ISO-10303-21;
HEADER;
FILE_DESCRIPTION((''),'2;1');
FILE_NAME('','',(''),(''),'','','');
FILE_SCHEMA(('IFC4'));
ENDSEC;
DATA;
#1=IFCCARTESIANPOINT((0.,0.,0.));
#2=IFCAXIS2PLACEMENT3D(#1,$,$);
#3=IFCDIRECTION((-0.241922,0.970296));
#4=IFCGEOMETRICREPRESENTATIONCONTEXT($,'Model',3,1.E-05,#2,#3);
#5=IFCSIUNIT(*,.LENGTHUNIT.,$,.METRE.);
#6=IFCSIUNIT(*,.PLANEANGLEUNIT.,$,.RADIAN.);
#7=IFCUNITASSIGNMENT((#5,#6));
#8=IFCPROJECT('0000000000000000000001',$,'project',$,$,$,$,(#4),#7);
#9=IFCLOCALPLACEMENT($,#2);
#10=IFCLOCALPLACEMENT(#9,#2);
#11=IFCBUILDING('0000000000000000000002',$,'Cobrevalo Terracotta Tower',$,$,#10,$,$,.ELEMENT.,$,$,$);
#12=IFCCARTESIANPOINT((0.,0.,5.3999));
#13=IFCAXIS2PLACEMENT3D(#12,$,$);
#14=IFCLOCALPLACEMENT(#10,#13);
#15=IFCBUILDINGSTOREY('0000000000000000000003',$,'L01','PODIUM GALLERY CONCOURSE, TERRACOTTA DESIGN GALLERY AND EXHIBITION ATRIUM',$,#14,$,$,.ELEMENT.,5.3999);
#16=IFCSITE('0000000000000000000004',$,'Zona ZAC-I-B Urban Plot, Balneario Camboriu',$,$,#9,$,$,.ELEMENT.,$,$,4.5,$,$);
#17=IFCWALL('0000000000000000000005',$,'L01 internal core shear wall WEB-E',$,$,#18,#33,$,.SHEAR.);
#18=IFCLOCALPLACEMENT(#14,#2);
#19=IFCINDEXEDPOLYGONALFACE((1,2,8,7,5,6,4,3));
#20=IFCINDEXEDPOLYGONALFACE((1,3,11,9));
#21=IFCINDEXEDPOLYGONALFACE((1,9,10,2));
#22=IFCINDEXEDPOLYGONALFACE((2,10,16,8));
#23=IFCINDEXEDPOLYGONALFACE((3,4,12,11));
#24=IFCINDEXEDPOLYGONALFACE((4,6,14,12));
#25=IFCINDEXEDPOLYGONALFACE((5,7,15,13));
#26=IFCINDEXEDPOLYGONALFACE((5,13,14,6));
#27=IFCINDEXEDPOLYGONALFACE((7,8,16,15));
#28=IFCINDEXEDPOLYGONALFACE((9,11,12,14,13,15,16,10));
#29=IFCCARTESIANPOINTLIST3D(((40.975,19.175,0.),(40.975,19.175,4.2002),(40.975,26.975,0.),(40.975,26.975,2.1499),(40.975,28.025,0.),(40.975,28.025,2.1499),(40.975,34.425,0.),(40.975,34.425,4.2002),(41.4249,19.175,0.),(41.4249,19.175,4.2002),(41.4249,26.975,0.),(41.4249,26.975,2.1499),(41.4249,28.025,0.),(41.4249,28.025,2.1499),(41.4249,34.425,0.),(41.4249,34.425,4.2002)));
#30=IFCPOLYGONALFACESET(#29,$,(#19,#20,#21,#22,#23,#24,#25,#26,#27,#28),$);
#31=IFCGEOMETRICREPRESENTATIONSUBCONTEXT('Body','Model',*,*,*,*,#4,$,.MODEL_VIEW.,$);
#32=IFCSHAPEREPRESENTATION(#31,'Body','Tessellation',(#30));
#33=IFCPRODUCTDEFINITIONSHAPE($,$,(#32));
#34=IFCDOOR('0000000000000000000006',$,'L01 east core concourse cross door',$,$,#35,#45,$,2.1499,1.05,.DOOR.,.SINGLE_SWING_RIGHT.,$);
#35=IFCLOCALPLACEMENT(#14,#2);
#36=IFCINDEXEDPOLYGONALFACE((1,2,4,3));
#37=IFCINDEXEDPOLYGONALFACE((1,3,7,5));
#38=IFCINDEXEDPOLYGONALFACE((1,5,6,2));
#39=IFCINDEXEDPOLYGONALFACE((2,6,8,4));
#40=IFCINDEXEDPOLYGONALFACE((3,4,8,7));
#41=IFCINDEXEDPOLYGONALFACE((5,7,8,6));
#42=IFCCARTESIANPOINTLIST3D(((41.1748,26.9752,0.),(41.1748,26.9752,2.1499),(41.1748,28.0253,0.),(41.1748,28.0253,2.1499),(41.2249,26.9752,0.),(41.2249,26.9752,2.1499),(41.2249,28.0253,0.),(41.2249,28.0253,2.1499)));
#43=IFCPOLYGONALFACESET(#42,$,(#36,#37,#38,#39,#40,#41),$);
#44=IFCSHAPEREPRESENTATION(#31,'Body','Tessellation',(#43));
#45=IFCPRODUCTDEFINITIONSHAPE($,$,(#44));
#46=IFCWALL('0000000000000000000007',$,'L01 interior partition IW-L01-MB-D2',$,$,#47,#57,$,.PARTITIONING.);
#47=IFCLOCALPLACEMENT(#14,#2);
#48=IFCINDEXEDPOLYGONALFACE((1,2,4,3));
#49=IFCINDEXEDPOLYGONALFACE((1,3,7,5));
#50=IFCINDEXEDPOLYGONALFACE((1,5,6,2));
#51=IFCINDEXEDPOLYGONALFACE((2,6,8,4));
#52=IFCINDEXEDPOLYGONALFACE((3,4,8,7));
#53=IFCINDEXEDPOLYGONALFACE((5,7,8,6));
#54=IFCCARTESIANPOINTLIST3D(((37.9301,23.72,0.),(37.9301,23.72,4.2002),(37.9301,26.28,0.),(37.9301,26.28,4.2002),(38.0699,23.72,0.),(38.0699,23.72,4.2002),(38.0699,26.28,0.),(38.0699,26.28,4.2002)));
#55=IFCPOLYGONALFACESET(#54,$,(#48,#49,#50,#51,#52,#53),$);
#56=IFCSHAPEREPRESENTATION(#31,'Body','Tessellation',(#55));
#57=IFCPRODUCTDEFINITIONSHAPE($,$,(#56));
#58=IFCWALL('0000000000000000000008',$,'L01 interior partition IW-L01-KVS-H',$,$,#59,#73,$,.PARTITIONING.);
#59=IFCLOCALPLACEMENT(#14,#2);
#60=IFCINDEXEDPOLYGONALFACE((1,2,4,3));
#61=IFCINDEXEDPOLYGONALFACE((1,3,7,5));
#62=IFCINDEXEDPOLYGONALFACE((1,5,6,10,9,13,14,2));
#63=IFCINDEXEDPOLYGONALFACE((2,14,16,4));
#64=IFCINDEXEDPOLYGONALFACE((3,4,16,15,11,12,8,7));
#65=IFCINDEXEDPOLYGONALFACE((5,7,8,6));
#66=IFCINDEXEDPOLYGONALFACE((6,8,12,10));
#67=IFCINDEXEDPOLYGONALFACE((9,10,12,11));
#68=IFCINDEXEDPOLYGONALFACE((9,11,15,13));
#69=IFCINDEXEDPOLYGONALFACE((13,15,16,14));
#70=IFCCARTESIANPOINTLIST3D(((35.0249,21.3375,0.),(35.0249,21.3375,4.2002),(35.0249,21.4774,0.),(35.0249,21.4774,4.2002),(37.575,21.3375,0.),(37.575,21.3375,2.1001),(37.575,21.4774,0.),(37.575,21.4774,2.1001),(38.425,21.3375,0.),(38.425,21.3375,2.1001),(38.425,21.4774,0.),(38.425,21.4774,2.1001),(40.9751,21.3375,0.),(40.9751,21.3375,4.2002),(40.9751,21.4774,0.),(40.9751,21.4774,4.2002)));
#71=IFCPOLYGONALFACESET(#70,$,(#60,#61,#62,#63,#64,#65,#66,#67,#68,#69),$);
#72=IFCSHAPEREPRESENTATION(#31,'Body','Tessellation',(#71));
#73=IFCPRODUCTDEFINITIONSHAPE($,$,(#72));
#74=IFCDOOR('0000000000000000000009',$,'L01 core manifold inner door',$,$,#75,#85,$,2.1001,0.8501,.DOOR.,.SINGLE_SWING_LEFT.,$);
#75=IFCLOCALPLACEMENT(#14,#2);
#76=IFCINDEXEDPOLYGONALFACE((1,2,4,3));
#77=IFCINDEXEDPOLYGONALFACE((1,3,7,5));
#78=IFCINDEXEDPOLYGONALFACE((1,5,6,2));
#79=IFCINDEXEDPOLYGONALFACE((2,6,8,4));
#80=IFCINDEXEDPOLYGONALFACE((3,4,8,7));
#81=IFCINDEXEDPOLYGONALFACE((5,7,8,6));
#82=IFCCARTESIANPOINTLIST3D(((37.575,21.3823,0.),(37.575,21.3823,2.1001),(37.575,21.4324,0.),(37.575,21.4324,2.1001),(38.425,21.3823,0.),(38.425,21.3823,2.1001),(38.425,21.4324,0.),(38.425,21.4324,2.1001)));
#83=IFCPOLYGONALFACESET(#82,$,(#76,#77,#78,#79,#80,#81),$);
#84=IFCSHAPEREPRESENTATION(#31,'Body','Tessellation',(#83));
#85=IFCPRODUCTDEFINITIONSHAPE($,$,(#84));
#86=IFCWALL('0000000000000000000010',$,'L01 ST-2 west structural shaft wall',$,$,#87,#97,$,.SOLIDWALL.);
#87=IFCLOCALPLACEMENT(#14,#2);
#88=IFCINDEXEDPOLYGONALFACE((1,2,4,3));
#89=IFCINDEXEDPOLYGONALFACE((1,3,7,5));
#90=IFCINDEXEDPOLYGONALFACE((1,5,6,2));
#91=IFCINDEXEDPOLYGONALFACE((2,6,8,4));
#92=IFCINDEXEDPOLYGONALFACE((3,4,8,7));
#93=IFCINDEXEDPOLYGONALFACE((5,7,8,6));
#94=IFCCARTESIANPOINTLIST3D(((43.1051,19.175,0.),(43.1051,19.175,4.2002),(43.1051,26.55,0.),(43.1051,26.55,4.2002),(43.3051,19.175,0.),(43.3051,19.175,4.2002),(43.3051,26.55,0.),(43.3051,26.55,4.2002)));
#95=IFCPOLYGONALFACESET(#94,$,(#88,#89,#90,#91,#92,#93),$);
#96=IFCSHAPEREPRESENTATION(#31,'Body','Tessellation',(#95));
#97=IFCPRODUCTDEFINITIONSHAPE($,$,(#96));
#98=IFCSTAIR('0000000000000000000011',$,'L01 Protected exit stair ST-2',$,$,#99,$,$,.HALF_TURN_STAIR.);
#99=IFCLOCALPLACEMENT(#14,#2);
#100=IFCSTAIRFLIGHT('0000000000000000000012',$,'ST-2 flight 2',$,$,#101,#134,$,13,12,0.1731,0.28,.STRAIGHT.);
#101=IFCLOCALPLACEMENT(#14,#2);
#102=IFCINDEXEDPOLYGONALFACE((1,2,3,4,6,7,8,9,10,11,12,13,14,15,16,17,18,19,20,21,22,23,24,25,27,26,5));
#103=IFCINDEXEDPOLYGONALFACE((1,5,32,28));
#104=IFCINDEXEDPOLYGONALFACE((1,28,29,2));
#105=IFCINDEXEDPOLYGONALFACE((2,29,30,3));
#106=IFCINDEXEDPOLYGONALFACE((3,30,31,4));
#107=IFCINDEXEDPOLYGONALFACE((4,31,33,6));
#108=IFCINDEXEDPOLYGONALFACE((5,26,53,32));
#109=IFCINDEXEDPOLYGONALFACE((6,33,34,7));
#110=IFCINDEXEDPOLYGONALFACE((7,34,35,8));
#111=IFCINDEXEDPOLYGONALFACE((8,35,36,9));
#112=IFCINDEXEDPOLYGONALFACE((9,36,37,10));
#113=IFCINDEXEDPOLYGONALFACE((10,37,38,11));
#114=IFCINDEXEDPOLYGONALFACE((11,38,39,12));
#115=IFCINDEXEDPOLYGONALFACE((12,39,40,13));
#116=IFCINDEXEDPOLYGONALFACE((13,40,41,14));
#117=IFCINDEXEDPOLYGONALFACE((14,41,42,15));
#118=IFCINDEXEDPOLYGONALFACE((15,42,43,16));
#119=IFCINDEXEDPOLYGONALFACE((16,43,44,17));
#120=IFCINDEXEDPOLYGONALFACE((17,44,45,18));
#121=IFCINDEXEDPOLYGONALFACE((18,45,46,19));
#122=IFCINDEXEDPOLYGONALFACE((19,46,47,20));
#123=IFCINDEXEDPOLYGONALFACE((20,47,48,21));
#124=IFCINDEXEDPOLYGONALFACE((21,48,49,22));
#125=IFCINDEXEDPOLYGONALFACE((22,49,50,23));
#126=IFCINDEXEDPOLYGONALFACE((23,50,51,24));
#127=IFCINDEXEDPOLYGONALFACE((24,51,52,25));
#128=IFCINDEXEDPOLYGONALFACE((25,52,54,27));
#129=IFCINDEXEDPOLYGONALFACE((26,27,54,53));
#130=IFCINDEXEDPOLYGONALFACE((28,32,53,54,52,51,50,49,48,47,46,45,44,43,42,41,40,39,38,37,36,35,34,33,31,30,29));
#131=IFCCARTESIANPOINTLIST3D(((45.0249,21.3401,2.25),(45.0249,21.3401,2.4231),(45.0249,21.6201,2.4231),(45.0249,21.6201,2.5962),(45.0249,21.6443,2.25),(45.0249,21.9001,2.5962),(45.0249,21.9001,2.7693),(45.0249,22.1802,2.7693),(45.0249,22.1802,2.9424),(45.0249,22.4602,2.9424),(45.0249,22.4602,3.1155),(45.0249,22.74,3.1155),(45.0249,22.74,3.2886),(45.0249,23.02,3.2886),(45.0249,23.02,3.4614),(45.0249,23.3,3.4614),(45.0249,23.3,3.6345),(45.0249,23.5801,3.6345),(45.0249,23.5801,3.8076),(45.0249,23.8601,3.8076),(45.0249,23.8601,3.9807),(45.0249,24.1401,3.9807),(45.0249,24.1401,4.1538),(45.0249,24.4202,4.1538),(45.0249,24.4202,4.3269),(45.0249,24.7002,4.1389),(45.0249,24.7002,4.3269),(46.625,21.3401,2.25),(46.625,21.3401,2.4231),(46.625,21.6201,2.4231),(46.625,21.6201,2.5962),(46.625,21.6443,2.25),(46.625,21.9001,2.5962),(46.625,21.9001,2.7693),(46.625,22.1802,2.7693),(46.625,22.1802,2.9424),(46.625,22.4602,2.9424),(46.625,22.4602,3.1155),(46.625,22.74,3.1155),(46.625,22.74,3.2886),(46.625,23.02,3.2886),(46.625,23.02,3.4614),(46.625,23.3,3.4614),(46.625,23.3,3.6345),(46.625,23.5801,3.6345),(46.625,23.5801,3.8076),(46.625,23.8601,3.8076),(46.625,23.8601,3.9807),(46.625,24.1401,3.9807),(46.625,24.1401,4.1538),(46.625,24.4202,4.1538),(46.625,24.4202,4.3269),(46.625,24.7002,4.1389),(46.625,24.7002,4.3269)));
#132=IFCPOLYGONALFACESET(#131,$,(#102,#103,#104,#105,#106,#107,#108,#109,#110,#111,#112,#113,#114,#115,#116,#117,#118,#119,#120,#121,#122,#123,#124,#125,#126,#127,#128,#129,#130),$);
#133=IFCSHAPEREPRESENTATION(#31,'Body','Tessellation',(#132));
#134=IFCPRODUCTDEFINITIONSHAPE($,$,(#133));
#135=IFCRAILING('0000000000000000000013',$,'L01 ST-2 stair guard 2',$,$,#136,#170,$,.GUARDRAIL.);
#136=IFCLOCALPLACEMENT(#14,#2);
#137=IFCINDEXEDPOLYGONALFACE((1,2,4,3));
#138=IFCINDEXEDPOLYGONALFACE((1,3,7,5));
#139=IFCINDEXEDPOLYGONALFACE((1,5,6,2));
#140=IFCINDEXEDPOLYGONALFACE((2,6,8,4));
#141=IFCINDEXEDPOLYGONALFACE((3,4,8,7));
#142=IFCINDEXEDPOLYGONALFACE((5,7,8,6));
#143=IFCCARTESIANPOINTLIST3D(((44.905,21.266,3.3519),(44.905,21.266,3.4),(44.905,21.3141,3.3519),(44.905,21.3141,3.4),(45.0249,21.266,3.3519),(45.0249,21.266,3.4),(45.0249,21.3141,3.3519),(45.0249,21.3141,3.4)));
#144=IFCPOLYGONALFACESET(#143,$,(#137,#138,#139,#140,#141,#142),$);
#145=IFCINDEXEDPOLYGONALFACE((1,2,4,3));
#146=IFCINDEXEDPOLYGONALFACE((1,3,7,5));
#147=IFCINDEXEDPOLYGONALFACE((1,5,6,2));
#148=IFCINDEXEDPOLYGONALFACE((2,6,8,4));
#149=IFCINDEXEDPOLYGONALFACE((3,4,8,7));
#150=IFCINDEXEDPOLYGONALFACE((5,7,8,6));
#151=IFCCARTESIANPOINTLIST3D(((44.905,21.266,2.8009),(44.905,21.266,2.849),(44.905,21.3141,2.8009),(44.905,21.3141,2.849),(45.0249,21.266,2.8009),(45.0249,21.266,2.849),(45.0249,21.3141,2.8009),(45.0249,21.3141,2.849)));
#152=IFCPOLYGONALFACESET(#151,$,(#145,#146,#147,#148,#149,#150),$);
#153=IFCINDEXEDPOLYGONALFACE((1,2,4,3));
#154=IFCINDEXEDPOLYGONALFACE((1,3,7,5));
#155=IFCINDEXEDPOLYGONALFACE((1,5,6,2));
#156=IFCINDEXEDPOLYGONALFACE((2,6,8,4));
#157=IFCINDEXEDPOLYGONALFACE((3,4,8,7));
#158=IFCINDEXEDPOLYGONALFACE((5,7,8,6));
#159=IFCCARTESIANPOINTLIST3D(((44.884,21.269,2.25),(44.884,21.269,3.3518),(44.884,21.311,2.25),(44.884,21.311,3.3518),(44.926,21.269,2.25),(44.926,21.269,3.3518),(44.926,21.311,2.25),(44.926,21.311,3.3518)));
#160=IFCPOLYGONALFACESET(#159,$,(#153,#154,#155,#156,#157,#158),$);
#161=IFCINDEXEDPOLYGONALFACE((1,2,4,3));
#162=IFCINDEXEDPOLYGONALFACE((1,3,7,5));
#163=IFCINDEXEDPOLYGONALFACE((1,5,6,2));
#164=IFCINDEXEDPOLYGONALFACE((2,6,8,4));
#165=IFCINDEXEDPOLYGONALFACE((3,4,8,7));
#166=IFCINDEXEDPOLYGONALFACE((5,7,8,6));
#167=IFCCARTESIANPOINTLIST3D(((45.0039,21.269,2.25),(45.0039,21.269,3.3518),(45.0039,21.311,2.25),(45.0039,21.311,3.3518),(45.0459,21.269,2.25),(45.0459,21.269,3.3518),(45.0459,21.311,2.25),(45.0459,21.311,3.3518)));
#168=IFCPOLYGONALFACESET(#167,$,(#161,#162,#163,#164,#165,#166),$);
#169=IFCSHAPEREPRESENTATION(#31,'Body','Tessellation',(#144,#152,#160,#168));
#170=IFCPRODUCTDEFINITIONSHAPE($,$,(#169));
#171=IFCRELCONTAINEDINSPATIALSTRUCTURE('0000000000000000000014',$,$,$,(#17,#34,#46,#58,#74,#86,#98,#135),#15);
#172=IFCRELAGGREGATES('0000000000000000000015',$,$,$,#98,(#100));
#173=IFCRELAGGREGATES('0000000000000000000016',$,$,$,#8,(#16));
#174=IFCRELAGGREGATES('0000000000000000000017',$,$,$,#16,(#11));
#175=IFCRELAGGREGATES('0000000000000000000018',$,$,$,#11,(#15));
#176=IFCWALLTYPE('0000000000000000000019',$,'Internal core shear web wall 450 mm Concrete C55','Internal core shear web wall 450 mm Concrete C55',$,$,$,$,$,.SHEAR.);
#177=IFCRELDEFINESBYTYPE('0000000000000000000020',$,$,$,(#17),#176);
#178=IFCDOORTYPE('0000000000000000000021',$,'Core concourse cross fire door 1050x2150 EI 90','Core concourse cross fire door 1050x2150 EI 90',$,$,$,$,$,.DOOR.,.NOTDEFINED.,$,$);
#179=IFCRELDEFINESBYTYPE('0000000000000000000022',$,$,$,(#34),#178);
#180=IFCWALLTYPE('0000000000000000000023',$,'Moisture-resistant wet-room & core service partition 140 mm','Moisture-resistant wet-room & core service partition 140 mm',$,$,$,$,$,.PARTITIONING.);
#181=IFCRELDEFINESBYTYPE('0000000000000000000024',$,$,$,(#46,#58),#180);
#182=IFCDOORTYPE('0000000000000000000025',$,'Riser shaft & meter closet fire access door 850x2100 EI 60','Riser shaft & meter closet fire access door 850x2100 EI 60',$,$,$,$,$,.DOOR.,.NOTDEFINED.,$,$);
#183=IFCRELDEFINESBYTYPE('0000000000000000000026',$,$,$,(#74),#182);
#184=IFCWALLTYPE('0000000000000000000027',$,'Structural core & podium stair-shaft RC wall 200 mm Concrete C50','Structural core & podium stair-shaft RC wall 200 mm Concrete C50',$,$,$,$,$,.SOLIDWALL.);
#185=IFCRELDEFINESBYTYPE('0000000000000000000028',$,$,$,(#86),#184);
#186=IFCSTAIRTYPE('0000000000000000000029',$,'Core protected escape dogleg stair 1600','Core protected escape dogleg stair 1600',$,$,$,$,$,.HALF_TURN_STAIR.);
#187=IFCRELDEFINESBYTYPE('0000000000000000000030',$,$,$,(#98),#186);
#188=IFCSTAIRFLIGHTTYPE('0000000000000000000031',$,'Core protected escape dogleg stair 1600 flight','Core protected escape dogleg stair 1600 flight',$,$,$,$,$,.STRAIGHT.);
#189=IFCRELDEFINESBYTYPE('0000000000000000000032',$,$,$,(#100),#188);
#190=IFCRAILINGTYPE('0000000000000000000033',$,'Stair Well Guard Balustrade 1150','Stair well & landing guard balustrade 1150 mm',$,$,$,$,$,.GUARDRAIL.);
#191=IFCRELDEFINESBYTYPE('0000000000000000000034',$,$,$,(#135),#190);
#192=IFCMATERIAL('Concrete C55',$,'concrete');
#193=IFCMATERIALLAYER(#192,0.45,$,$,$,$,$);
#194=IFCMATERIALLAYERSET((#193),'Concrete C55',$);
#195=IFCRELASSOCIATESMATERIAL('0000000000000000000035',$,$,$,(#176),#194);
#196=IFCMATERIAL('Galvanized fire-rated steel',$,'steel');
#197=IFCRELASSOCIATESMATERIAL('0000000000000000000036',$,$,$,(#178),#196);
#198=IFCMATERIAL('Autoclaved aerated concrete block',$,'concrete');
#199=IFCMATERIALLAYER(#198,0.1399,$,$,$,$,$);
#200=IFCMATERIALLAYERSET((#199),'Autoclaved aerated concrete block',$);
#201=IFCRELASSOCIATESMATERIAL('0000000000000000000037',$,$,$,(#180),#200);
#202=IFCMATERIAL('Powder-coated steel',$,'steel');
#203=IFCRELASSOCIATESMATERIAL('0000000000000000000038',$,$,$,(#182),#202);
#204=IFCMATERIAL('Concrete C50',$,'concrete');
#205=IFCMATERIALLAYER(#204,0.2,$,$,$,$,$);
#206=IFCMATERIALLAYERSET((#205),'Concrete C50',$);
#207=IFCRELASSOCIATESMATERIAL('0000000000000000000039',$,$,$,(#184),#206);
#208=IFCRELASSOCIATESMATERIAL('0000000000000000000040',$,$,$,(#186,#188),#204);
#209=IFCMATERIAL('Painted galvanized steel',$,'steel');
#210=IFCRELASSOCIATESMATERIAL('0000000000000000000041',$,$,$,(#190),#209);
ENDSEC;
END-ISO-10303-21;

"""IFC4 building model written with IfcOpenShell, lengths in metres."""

from ifc_helpers import new_model, si_unit, direction, frame, frame_2d, origin, origin_2d, place, context, subcontext, project, spatial, polyline, rectangle, outline, extrude, source, transform, mapped, material, layer, layer_set, type_object, element, fill, aggregate, save


model = new_model("IFC4")

# Units and contexts
model_context = context("Model", 3, precision=1e-05, world=origin(), true_north=direction((-0.241922, 0.970296)))
body_context = subcontext(model_context, "Body", "Model", "MODEL_VIEW")
ifc_project = project(units=[si_unit("LENGTHUNIT", "METRE"), si_unit("PLANEANGLEUNIT", "RADIAN")], contexts=[model_context])

# Site, building, storey
site_placement = place(None, origin())
site = spatial("IfcSite", under=ifc_project, at=site_placement, Name="Zona ZAC-I-B Urban Plot, Balneario Camboriu", CompositionType="ELEMENT", RefElevation=4.5)
building_placement = place(site_placement, origin())
building = spatial("IfcBuilding", under=site, at=building_placement, Name="Cobrevalo Terracotta Tower", CompositionType="ELEMENT")
storey_placement = place(building_placement, frame((0.0, 0.0, 5.3999)))
storey = spatial("IfcBuildingStorey", under=building, at=storey_placement, Name="L01", Description="PODIUM GALLERY CONCOURSE, TERRACOTTA DESIGN GALLERY AND EXHIBITION ATRIUM", CompositionType="ELEMENT", Elevation=5.3999)

# Shared definitions
ifc_material_1 = material(Name="Autoclaved aerated concrete block", Category="concrete")

# Wall, opening, door
ifc_material_2 = material(Name="Concrete C55", Category="concrete")
ifc_layer_1 = layer(ifc_material_2, 0.45)
ifc_layer_set_1 = layer_set([ifc_layer_1], Name="Concrete C55")
wall_type_1 = type_object("IfcWallType", Name="Internal core shear web wall 450 mm Concrete C55", Description="Internal core shear web wall 450 mm Concrete C55", PredefinedType="SHEAR", material=ifc_layer_set_1)
wall_1_placement = place(storey_placement, frame((41.2, 19.175, 0.0), z_axis=(0.0, 0.0, 1.0), x_axis=(0.0, 1.0, 0.0)))
wall_1 = element("IfcWall", 1, at=wall_1_placement, inside=storey, type_object=wall_type_1, Name="L01 internal core shear wall WEB-E", PredefinedType="SHEAR", context=body_context, shape_type="SweptSolid", body=[
    extrude(rectangle(XDim=15.25, YDim=0.45, at=frame_2d((7.625, 0.0))), origin(), (0.0, 0.0, 1.0), 4.2002),
])
opening_1_placement = place(wall_1_placement, frame((7.8, 0.0, 0.0)))
opening_1 = element("IfcOpeningElement", 2, at=opening_1_placement, cuts=wall_1, PredefinedType="OPENING", context=body_context, shape_type="SweptSolid", body=[
    extrude(rectangle(XDim=1.05, YDim=2.1499, at=frame_2d((0.5249, 1.075))), frame((0.0, 0.2349, 0.0), z_axis=(0.0, -1.0, 0.0), x_axis=(1.0, 0.0, 0.0)), (0.0, 0.0, 1.0), 0.47),
])
ifc_material_3 = material(Name="Galvanized fire-rated steel", Category="steel")
door_type_1 = type_object("IfcDoorType", Name="Core concourse cross fire door 1050x2150 EI 90", Description="Core concourse cross fire door 1050x2150 EI 90", OperationType="NOTDEFINED", PredefinedType="DOOR", material=ifc_material_3)
shared_shape_1 = source(origin(), body_context, "Body", "SweptSolid", [
    extrude(rectangle(XDim=1.05, YDim=2.1499, at=frame_2d((0.5249, 1.075))), frame((0.0, 0.0249, 0.0), z_axis=(0.0, -1.0, 0.0), x_axis=(1.0, 0.0, 0.0)), (0.0, 0.0, 1.0), 0.05),
])
door_1_placement = place(opening_1_placement, frame((1.05, 0.0, 0.0), z_axis=(0.0, 0.0, 1.0), x_axis=(-1.0, 0.0, 0.0)))
door_1 = element("IfcDoor", 3, at=door_1_placement, inside=storey, type_object=door_type_1, Name="L01 east core concourse cross door", OperationType="SINGLE_SWING_RIGHT", OverallHeight=2.1499, OverallWidth=1.05, PredefinedType="DOOR", context=body_context, shape_type="MappedRepresentation", body=[
    mapped(shared_shape_1, transform((0.0, 0.0, 0.0), scale=1.0)),
])
fill(opening_1, door_1)

# Wall
ifc_layer_2 = layer(ifc_material_1, 0.1399)
ifc_layer_set_2 = layer_set([ifc_layer_2], Name="Autoclaved aerated concrete block")
wall_type_2 = type_object("IfcWallType", Name="Moisture-resistant wet-room & core service partition 140 mm", Description="Moisture-resistant wet-room & core service partition 140 mm", PredefinedType="PARTITIONING", material=ifc_layer_set_2)
wall_2_placement = place(storey_placement, frame((38.0, 23.72, 0.0), z_axis=(0.0, 0.0, 1.0), x_axis=(0.0, 1.0, 0.0)))
element("IfcWall", 4, at=wall_2_placement, inside=storey, type_object=wall_type_2, Name="L01 interior partition IW-L01-MB-D2", PredefinedType="PARTITIONING", context=body_context, shape_type="SweptSolid", body=[
    extrude(rectangle(XDim=2.5601, YDim=0.1399, at=frame_2d((1.28, 0.0))), origin(), (0.0, 0.0, 1.0), 4.2002),
])

# Wall, opening, door
wall_3_placement = place(storey_placement, frame((35.0249, 21.4075, 0.0), z_axis=(0.0, 0.0, 1.0), x_axis=(1.0, 0.0, 0.0)))
wall_3 = element("IfcWall", 5, at=wall_3_placement, inside=storey, type_object=wall_type_2, Name="L01 interior partition IW-L01-KVS-H", PredefinedType="PARTITIONING", context=body_context, shape_type="SweptSolid", body=[
    extrude(rectangle(XDim=5.9502, YDim=0.1399, at=frame_2d((2.9751, 0.0))), origin(), (0.0, 0.0, 1.0), 4.2002),
])
opening_2_placement = place(wall_3_placement, frame((2.55, 0.0, 0.0)))
opening_2 = element("IfcOpeningElement", 6, at=opening_2_placement, cuts=wall_3, PredefinedType="OPENING", context=body_context, shape_type="SweptSolid", body=[
    extrude(rectangle(XDim=0.8501, YDim=2.1001, at=frame_2d((0.425, 1.05))), frame((0.0, 0.0801, 0.0), z_axis=(0.0, -1.0, 0.0), x_axis=(1.0, 0.0, 0.0)), (0.0, 0.0, 1.0), 0.1599),
])
ifc_material_4 = material(Name="Powder-coated steel", Category="steel")
door_type_2 = type_object("IfcDoorType", Name="Riser shaft & meter closet fire access door 850x2100 EI 60", Description="Riser shaft & meter closet fire access door 850x2100 EI 60", OperationType="NOTDEFINED", PredefinedType="DOOR", material=ifc_material_4)
shared_shape_2 = source(origin(), body_context, "Body", "SweptSolid", [
    extrude(rectangle(XDim=0.8501, YDim=2.1001, at=frame_2d((0.425, 1.05))), frame((0.0, 0.0249, 0.0), z_axis=(0.0, -1.0, 0.0), x_axis=(1.0, 0.0, 0.0)), (0.0, 0.0, 1.0), 0.05),
])
door_2_placement = place(opening_2_placement, origin())
door_2 = element("IfcDoor", 7, at=door_2_placement, inside=storey, type_object=door_type_2, Name="L01 core manifold inner door", OperationType="SINGLE_SWING_LEFT", OverallHeight=2.1001, OverallWidth=0.8501, PredefinedType="DOOR", context=body_context, shape_type="MappedRepresentation", body=[
    mapped(shared_shape_2, transform((0.0, 0.0, 0.0), scale=1.0)),
])
fill(opening_2, door_2)

# Wall
ifc_material_5 = material(Name="Concrete C50", Category="concrete")
ifc_layer_3 = layer(ifc_material_5, 0.2)
ifc_layer_set_3 = layer_set([ifc_layer_3], Name="Concrete C50")
wall_type_3 = type_object("IfcWallType", Name="Structural core & podium stair-shaft RC wall 200 mm Concrete C50", Description="Structural core & podium stair-shaft RC wall 200 mm Concrete C50", PredefinedType="SOLIDWALL", material=ifc_layer_set_3)
wall_4_placement = place(storey_placement, frame((43.2051, 19.175, 0.0), z_axis=(0.0, 0.0, 1.0), x_axis=(0.0, 1.0, 0.0)))
element("IfcWall", 8, at=wall_4_placement, inside=storey, type_object=wall_type_3, Name="L01 ST-2 west structural shaft wall", PredefinedType="SOLIDWALL", context=body_context, shape_type="SweptSolid", body=[
    extrude(rectangle(XDim=7.375, YDim=0.2, at=frame_2d((3.6875, 0.0))), origin(), (0.0, 0.0, 1.0), 4.2002),
])

# Stair, stair flight
stair_type = type_object("IfcStairType", Name="Core protected escape dogleg stair 1600", Description="Core protected escape dogleg stair 1600", PredefinedType="HALF_TURN_STAIR", material=ifc_material_5)
stair_placement = place(storey_placement, origin())
stair = element("IfcStair", 9, at=stair_placement, inside=storey, type_object=stair_type, Name="L01 Protected exit stair ST-2", PredefinedType="HALF_TURN_STAIR")
stair_flight_type = type_object("IfcStairFlightType", Name="Core protected escape dogleg stair 1600 flight", Description="Core protected escape dogleg stair 1600 flight", PredefinedType="STRAIGHT", material=ifc_material_5)
stair_flight_placement = place(storey_placement, frame((45.825, 21.3401, 2.25), z_axis=(0.0, 0.0, 1.0), x_axis=(0.0, 1.0, 0.0)))
stair_flight = element("IfcStairFlight", 10, at=stair_flight_placement, type_object=stair_flight_type, Name="ST-2 flight 2", NumberOfRisers=13, NumberOfTreads=12, PredefinedType="STRAIGHT", RiserHeight=0.1731, TreadLength=0.28, context=body_context, shape_type="SweptSolid", body=[
    extrude(outline(polyline([(0.0, 0.0), (0.0, 0.1731), (0.28, 0.1731), (0.28, 0.3462), (0.5601, 0.3462), (0.5601, 0.5193), (0.8401, 0.5193), (0.8401, 0.6924), (1.1201, 0.6924), (1.1201, 0.8655), (1.3999, 0.8655), (1.3999, 1.0386), (1.6799, 1.0386), (1.6799, 1.2114), (1.96, 1.2114), (1.96, 1.3845), (2.24, 1.3845), (2.24, 1.5576), (2.52, 1.5576), (2.52, 1.7307), (2.8, 1.7307), (2.8, 1.9038), (3.0801, 1.9038), (3.0801, 2.0769), (3.3601, 2.0769), (3.3601, 2.25), (3.3601, 1.8889), (0.3042, 0.0), (0.0, 0.0)])), frame((0.0, 0.8, 0.0), z_axis=(0.0, -1.0, 0.0), x_axis=(1.0, 0.0, 0.0)), (0.0, 0.0, 1.0), 1.6001),
])
aggregate(stair, [stair_flight])

# Railing
ifc_material_6 = material(Name="Painted galvanized steel", Category="steel")
railing_type = type_object("IfcRailingType", Name="Stair Well Guard Balustrade 1150", Description="Stair well & landing guard balustrade 1150 mm", PredefinedType="GUARDRAIL", material=ifc_material_6)
railing_1_placement = place(storey_placement, frame((44.905, 21.29, 2.25)))
element("IfcRailing", 11, at=railing_1_placement, inside=storey, type_object=railing_type, Name="L01 ST-2 stair guard 2", PredefinedType="GUARDRAIL", context=body_context, shape_type="SweptSolid", body=[
    extrude(rectangle(XDim=0.0481, YDim=0.0481, at=origin_2d()), frame((0.0, 0.0, 1.126), z_axis=(1.0, 0.0, 0.0), x_axis=(0.0, 1.0, 0.0)), (0.0, 0.0, 1.0), 0.1199),
    extrude(rectangle(XDim=0.0481, YDim=0.0481, at=origin_2d()), frame((0.0, 0.0, 0.575), z_axis=(1.0, 0.0, 0.0), x_axis=(0.0, 1.0, 0.0)), (0.0, 0.0, 1.0), 0.1199),
    extrude(rectangle(XDim=0.042, YDim=0.042, at=origin_2d()), origin(), (0.0, 0.0, 1.0), 1.1018),
    extrude(rectangle(XDim=0.042, YDim=0.042, at=origin_2d()), frame((0.1199, 0.0, 0.0)), (0.0, 0.0, 1.0), 1.1018),
])

save(model, "model.ifc")
